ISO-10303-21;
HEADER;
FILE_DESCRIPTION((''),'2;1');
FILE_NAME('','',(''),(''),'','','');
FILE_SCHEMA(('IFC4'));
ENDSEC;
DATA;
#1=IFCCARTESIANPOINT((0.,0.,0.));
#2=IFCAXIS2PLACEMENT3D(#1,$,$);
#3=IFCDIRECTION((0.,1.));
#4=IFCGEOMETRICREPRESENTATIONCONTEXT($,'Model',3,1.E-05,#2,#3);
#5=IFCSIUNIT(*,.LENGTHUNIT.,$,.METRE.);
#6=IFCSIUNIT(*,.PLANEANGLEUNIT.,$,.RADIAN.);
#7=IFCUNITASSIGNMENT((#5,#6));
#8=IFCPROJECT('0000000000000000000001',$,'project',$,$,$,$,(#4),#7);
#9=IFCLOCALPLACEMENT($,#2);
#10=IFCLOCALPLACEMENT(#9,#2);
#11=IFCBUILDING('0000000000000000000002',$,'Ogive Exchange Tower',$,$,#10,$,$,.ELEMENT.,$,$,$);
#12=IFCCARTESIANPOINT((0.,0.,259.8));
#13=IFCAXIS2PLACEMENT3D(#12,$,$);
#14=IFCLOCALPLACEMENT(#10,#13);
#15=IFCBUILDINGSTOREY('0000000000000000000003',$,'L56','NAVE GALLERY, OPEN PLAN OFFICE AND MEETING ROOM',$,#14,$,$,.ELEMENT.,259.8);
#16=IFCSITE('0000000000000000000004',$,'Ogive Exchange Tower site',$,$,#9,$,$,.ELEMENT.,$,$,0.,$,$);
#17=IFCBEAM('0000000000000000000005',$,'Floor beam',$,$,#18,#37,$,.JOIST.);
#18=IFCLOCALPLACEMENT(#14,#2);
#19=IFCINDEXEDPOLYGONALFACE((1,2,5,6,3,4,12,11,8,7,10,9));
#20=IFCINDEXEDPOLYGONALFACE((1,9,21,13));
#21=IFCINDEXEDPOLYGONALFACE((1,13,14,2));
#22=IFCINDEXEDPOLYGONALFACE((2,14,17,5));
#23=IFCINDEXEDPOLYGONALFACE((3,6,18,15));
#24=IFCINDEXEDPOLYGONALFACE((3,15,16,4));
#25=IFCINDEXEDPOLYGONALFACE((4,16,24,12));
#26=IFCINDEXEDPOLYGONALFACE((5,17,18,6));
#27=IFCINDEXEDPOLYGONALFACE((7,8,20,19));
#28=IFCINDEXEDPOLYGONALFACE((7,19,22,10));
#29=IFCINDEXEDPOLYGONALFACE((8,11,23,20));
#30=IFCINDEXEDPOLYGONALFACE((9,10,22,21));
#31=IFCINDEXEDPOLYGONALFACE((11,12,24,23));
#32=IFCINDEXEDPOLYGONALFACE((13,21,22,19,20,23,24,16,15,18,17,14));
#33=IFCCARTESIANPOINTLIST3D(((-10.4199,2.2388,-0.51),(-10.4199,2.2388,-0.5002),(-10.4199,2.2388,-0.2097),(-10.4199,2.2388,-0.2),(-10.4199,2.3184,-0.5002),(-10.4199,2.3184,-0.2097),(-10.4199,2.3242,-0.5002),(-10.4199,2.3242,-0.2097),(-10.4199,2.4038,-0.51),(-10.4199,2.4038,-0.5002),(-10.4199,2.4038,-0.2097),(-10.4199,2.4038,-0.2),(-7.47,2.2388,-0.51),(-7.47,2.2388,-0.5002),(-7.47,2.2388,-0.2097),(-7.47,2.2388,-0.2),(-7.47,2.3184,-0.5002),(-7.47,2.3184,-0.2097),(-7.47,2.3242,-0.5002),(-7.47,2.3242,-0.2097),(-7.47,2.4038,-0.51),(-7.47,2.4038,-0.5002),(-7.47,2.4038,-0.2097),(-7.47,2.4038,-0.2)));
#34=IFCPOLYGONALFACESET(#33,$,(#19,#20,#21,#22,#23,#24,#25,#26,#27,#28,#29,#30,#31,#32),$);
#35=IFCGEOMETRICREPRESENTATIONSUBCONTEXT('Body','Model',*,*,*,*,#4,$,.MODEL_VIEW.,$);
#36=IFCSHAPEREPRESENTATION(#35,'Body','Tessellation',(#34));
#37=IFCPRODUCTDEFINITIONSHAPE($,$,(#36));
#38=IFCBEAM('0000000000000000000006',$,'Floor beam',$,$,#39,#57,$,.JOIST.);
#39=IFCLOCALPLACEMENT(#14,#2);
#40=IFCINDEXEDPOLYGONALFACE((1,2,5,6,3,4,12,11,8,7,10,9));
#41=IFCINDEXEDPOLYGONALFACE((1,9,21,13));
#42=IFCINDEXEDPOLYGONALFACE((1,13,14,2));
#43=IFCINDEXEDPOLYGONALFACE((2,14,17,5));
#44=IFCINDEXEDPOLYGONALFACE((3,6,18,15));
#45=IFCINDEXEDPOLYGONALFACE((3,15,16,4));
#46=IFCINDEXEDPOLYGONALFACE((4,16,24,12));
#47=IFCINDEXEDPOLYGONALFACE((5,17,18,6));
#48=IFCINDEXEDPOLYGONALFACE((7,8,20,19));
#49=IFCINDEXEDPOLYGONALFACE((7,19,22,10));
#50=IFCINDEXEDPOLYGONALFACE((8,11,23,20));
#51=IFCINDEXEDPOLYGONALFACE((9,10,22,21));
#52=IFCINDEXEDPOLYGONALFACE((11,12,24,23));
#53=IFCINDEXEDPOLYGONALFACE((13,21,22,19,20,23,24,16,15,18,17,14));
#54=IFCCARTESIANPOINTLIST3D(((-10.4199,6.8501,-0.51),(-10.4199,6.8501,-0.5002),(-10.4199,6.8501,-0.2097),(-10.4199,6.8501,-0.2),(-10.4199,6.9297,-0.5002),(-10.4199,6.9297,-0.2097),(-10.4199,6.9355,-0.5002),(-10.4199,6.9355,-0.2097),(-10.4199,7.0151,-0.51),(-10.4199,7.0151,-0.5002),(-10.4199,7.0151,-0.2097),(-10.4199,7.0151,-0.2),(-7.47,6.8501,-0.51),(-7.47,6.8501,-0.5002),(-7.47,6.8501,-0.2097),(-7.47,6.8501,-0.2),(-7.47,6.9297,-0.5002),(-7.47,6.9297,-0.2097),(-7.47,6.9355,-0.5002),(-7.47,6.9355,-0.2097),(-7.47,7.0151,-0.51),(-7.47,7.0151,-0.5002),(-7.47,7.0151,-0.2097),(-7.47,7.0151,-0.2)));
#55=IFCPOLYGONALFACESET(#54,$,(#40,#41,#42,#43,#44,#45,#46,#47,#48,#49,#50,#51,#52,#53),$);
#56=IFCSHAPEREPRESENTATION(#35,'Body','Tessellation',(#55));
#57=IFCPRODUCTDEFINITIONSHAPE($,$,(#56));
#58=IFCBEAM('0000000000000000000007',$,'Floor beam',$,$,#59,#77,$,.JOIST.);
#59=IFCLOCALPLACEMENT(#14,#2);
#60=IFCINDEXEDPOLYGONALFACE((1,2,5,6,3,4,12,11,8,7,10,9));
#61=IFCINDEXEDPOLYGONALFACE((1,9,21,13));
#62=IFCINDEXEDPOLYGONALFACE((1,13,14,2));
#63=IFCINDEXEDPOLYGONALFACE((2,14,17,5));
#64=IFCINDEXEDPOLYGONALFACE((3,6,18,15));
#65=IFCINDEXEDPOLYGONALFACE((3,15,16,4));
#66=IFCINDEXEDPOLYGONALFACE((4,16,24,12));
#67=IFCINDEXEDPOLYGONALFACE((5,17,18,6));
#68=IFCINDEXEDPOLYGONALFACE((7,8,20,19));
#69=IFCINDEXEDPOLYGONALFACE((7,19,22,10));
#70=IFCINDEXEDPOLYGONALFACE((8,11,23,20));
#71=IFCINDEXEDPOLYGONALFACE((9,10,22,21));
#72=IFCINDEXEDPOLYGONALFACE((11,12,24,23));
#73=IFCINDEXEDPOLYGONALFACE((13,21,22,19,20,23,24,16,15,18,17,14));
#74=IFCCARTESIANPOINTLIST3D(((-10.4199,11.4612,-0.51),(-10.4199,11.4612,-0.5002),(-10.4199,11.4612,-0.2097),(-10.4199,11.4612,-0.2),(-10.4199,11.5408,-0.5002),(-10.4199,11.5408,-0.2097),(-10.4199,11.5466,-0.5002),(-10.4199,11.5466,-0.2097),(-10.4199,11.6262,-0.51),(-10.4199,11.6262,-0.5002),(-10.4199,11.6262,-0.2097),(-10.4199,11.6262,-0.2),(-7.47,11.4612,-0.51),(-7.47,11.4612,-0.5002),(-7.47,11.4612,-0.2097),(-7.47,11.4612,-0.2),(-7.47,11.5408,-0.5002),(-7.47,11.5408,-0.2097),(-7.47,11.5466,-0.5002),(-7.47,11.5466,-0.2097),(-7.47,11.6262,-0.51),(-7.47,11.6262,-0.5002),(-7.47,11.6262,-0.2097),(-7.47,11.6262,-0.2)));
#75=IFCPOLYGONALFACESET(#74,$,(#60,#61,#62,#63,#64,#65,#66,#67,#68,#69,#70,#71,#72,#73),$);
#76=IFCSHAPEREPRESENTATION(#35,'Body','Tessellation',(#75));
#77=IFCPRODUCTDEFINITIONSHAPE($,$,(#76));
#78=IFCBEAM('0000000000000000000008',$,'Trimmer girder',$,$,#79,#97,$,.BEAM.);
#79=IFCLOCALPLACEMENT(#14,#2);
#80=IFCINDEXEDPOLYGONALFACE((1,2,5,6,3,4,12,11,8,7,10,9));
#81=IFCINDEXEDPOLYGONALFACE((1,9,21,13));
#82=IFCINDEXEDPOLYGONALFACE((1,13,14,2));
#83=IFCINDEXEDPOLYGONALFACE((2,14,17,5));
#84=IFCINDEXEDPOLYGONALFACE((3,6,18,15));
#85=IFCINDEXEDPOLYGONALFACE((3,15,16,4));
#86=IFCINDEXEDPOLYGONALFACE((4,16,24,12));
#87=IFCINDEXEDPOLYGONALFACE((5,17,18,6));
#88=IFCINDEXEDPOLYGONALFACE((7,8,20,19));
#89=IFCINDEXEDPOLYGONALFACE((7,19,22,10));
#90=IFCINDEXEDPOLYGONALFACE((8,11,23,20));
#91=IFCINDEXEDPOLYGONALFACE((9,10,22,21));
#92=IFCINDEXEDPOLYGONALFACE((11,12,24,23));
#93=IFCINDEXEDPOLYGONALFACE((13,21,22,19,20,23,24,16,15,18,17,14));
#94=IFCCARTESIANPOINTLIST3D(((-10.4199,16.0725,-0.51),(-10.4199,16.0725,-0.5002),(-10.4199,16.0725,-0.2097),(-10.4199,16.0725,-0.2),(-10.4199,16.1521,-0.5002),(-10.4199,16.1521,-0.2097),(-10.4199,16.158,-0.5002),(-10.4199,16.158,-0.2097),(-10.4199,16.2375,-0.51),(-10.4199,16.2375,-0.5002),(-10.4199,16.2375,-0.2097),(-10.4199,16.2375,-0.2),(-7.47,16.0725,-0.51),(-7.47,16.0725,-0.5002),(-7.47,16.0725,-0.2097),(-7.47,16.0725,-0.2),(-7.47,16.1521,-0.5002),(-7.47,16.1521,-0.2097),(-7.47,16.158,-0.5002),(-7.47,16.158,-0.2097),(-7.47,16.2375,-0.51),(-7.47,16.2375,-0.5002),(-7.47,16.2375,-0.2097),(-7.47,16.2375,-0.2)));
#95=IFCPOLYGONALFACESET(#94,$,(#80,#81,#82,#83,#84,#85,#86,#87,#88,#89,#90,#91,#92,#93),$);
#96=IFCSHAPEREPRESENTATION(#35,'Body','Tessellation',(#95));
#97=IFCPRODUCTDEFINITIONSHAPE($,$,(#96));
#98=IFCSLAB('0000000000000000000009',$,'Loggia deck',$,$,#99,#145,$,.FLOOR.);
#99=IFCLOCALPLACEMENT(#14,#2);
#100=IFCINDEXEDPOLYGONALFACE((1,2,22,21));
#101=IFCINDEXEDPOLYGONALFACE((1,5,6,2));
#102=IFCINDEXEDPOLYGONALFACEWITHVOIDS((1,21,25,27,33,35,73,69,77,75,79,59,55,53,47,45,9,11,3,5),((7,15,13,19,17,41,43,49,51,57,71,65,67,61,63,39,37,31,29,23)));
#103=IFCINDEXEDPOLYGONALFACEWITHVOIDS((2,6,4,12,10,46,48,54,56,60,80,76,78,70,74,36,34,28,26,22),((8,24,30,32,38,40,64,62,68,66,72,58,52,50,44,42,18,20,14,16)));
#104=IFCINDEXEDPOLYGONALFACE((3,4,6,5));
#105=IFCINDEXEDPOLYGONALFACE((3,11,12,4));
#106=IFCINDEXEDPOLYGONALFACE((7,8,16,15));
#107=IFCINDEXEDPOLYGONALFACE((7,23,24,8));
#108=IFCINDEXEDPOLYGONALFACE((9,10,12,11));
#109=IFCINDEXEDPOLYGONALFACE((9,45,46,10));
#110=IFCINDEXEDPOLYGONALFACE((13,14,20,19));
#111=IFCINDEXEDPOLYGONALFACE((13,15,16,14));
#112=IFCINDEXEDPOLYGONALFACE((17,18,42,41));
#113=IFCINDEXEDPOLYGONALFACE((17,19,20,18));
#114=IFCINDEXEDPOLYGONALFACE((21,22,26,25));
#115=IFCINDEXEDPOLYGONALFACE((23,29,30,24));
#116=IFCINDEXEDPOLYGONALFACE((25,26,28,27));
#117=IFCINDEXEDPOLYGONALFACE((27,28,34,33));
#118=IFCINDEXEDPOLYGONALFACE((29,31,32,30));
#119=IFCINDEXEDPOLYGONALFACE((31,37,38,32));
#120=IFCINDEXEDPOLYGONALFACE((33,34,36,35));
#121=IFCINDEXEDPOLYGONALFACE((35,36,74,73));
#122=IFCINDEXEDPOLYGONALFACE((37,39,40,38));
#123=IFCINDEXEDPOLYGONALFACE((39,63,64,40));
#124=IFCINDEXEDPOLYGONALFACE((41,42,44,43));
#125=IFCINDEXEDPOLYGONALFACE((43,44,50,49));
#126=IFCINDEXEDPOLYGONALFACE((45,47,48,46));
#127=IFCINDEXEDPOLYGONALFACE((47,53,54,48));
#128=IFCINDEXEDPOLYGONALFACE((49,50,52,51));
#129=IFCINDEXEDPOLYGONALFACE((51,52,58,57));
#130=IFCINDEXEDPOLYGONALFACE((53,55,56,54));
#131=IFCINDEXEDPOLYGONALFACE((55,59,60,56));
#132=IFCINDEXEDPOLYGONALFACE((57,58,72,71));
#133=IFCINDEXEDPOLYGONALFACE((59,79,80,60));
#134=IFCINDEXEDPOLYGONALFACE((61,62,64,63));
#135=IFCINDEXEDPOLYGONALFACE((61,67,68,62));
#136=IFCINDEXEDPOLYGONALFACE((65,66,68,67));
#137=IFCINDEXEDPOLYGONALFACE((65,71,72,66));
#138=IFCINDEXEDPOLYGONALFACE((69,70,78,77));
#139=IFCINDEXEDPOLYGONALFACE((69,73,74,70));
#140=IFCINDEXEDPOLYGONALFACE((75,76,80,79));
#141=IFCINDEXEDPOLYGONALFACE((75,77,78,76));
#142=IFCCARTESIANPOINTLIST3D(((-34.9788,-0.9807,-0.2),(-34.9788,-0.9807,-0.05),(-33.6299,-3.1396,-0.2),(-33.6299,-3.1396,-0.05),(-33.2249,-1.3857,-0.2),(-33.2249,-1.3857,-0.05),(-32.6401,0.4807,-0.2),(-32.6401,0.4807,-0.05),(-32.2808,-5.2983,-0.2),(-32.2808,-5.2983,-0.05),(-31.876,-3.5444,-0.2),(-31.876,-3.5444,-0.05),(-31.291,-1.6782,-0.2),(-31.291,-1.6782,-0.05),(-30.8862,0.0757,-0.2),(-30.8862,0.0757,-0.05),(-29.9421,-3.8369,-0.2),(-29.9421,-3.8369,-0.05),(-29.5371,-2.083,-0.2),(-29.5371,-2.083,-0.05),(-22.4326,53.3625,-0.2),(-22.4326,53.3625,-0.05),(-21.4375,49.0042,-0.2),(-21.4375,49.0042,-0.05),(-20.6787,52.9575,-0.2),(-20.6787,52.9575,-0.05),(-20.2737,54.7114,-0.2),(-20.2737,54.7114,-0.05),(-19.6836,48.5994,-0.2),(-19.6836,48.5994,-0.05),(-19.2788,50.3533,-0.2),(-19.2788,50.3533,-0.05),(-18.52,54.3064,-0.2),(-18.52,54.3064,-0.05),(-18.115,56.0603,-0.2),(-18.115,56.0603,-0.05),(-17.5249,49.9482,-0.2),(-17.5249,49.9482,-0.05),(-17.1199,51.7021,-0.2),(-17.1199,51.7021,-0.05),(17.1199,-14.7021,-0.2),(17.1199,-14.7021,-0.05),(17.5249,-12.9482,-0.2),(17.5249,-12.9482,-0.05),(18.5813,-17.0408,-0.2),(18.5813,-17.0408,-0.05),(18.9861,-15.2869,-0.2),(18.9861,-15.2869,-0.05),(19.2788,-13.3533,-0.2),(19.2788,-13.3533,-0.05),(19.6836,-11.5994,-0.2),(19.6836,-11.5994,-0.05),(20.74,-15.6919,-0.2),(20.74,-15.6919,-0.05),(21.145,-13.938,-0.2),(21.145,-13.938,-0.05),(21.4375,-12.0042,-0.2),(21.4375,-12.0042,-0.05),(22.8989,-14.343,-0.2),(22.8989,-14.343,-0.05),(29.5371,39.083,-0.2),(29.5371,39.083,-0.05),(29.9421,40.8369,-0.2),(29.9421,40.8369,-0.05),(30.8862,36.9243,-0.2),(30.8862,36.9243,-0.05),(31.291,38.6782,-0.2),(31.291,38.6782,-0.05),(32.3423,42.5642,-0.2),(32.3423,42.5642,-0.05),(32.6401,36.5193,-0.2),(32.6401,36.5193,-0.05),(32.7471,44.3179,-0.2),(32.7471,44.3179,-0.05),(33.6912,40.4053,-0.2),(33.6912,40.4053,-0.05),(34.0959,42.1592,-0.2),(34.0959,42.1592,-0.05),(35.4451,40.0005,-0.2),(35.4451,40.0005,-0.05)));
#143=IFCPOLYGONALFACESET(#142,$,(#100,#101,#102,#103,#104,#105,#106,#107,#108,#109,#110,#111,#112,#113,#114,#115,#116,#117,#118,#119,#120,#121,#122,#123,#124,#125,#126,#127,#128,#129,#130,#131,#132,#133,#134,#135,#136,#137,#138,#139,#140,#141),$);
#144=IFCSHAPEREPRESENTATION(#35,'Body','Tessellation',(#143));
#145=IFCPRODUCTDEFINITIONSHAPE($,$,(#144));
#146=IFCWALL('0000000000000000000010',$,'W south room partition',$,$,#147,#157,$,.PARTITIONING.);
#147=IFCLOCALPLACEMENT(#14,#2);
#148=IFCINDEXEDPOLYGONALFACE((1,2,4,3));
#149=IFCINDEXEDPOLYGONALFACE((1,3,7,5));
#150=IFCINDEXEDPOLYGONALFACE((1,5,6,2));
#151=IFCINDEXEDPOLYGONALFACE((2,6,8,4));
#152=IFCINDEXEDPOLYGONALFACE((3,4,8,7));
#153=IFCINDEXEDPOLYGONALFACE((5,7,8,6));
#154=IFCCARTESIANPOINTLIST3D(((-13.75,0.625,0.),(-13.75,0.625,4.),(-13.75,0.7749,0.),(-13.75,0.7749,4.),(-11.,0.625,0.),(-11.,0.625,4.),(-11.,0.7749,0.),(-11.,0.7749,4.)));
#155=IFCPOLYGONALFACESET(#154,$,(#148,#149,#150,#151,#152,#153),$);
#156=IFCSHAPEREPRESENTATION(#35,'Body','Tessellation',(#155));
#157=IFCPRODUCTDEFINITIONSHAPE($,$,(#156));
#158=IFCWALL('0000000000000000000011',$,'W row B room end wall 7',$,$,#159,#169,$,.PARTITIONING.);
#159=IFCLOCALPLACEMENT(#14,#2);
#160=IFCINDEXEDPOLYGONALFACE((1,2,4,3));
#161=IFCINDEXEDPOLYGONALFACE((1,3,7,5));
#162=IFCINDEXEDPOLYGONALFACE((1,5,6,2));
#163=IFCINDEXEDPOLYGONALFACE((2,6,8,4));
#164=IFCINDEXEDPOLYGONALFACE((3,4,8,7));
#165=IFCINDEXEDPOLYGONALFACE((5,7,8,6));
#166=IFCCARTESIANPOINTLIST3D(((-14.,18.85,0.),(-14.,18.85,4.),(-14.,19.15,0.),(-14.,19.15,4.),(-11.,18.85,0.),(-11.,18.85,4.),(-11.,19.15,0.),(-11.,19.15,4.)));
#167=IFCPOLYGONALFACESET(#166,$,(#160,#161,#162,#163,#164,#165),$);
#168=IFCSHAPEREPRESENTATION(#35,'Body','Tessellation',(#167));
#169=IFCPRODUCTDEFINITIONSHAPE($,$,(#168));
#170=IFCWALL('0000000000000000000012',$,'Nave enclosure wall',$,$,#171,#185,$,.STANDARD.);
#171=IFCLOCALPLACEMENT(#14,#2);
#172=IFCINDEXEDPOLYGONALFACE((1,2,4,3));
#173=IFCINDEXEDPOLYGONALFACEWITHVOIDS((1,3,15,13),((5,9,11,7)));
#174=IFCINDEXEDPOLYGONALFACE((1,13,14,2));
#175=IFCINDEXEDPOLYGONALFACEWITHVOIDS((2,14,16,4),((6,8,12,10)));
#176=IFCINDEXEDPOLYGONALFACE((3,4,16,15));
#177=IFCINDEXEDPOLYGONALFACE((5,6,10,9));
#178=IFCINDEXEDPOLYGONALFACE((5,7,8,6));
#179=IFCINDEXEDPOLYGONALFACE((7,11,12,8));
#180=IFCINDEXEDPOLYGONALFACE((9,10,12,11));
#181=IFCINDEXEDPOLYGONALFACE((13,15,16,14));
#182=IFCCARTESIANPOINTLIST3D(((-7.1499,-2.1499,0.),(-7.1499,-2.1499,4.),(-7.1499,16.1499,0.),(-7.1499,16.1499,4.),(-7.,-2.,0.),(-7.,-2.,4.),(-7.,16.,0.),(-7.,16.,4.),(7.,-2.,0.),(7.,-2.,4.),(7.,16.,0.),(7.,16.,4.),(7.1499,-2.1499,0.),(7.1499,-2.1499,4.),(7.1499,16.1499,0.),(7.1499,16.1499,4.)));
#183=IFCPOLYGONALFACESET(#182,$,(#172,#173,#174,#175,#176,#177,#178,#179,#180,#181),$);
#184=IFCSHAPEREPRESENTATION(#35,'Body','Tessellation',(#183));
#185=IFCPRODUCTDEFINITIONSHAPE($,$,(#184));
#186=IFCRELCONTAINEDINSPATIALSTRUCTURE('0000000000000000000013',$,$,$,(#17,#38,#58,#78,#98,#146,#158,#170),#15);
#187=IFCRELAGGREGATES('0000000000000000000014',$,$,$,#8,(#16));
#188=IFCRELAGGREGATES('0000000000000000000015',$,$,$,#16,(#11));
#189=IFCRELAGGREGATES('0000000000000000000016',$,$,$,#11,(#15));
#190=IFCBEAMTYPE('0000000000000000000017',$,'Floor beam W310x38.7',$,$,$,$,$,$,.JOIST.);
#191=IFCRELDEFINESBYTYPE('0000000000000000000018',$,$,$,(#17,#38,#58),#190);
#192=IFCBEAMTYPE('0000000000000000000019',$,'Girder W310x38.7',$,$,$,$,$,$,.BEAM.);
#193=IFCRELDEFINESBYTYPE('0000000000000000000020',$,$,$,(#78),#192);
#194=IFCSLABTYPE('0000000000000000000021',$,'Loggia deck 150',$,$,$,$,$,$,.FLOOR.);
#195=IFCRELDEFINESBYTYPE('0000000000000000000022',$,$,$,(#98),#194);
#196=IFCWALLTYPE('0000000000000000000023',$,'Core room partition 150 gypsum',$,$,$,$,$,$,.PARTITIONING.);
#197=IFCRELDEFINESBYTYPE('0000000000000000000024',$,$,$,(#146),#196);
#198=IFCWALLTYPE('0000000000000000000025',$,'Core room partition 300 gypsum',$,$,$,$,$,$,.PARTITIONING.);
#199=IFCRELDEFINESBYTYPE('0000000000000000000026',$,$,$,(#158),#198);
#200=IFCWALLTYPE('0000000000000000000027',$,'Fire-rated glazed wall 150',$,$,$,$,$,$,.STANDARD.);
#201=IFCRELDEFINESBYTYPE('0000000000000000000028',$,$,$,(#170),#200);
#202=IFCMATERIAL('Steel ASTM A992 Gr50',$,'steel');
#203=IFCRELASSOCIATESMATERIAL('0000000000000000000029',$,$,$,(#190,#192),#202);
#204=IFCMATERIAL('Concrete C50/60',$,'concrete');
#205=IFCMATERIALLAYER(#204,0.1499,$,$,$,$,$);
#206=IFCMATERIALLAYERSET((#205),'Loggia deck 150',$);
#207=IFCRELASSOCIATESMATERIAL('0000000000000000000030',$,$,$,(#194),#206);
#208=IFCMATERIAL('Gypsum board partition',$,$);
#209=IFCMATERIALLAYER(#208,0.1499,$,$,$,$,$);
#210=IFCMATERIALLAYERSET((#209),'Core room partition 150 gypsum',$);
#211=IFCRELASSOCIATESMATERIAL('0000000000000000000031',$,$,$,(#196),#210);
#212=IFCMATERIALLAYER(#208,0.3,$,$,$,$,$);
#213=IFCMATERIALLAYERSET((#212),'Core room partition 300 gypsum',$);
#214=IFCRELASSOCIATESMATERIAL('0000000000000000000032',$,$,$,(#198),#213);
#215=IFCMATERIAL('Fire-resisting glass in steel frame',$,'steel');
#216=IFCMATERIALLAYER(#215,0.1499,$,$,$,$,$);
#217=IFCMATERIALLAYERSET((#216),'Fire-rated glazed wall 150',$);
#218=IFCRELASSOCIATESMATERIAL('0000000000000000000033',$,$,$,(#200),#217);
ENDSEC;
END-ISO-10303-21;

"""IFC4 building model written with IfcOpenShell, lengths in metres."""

from ifc_helpers import new_model, si_unit, direction, frame, frame_2d, origin, origin_2d, place, context, subcontext, project, spatial, polyline, rectangle, i_section, outline, extrude, material, layer, layer_set, material_profile, profile_set, type_object, element, save


model = new_model("IFC4")

# Units and contexts
model_context = context("Model", 3, precision=1e-05, world=origin(), true_north=direction((0.0, 1.0)))
body_context = subcontext(model_context, "Body", "Model", "MODEL_VIEW")
ifc_project = project(units=[si_unit("LENGTHUNIT", "METRE"), si_unit("PLANEANGLEUNIT", "RADIAN")], contexts=[model_context])

# Site, building, storey
site_placement = place(None, origin())
site = spatial("IfcSite", under=ifc_project, at=site_placement, Name="Ogive Exchange Tower site", CompositionType="ELEMENT", RefElevation=0.0)
building_placement = place(site_placement, origin())
building = spatial("IfcBuilding", under=site, at=building_placement, Name="Ogive Exchange Tower", CompositionType="ELEMENT")
storey_placement = place(building_placement, frame((0.0, 0.0, 259.8)))
storey = spatial("IfcBuildingStorey", under=building, at=storey_placement, Name="L56", Description="NAVE GALLERY, OPEN PLAN OFFICE AND MEETING ROOM", CompositionType="ELEMENT", Elevation=259.8)

# Beams
ifc_material_1 = material(Name="Steel ASTM A992 Gr50", Category="steel")
ifc_material_profile_1 = material_profile(ifc_material_1, i_section(OverallWidth=0.165, OverallDepth=0.3101, WebThickness=0.0059, FlangeThickness=0.0098, at=origin_2d()), Name="W310x38.7")
ifc_profile_set_1 = profile_set([ifc_material_profile_1], Name="Steel ASTM A992 Gr50")
beam_type_1 = type_object("IfcBeamType", Name="Floor beam W310x38.7", PredefinedType="JOIST", material=ifc_profile_set_1)
for number, where, z_axis, x_axis, name in (
    (1, (-10.4199, 2.3213, -0.355), (1.0, 0.0, 0.0), (0.0, 1.0, 0.0), "Floor beam"),
    (2, (-10.4199, 6.9326, -0.355), (1.0, 0.0, 0.0), (0.0, 1.0, 0.0), "Floor beam"),
    (3, (-10.4199, 11.5437, -0.355), (1.0, 0.0, 0.0), (0.0, 1.0, 0.0), "Floor beam"),
):
    element("IfcBeam", number, at=place(storey_placement, frame(where, z_axis=z_axis, x_axis=x_axis)), inside=storey, type_object=beam_type_1, Name=name, PredefinedType="JOIST", context=body_context, shape_type="SweptSolid", body=[
        extrude(i_section(OverallWidth=0.165, OverallDepth=0.3101, WebThickness=0.0059, FlangeThickness=0.0098, at=origin_2d()), origin(), (0.0, 0.0, 1.0), 2.95),
    ])
ifc_material_profile_2 = material_profile(ifc_material_1, i_section(OverallWidth=0.165, OverallDepth=0.3101, WebThickness=0.0059, FlangeThickness=0.0098, at=origin_2d()), Name="W310x38.7")
ifc_profile_set_2 = profile_set([ifc_material_profile_2], Name="Steel ASTM A992 Gr50")
beam_type_2 = type_object("IfcBeamType", Name="Girder W310x38.7", PredefinedType="BEAM", material=ifc_profile_set_2)
beam_placement = place(storey_placement, frame((-10.4199, 16.155, -0.355), z_axis=(1.0, 0.0, 0.0), x_axis=(0.0, 1.0, 0.0)))
element("IfcBeam", 4, at=beam_placement, inside=storey, type_object=beam_type_2, Name="Trimmer girder", PredefinedType="BEAM", context=body_context, shape_type="SweptSolid", body=[
    extrude(i_section(OverallWidth=0.165, OverallDepth=0.3101, WebThickness=0.0059, FlangeThickness=0.0098, at=origin_2d()), origin(), (0.0, 0.0, 1.0), 2.95),
])

# Slab
ifc_material_2 = material(Name="Concrete C50/60", Category="concrete")
ifc_layer_1 = layer(ifc_material_2, 0.1499)
ifc_layer_set_1 = layer_set([ifc_layer_1], Name="Loggia deck 150")
slab_type = type_object("IfcSlabType", Name="Loggia deck 150", PredefinedType="FLOOR", material=ifc_layer_set_1)
slab_placement = place(storey_placement, frame((0.0, 0.0, -0.2)))
element("IfcSlab", 5, at=slab_placement, inside=storey, type_object=slab_type, Name="Loggia deck", PredefinedType="FLOOR", context=body_context, shape_type="SweptSolid", body=[
    extrude(outline(polyline([(-31.876, -3.5444), (-33.6299, -3.1396), (-33.2249, -1.3857), (-34.9788, -0.9807), (-22.4326, 53.3625), (-20.6787, 52.9575), (-20.2737, 54.7114), (-18.52, 54.3064), (-18.115, 56.0603), (32.7471, 44.3179), (32.3423, 42.5642), (34.0959, 42.1592), (33.6912, 40.4053), (35.4451, 40.0005), (22.8989, -14.343), (21.145, -13.938), (20.74, -15.6919), (18.9861, -15.2869), (18.5813, -17.0408), (-32.2808, -5.2983), (-31.876, -3.5444)]), holes=[polyline([(17.5249, -12.9482), (19.2788, -13.3533), (19.6836, -11.5994), (21.4375, -12.0042), (32.6401, 36.5193), (30.8862, 36.9243), (31.291, 38.6782), (29.5371, 39.083), (29.9421, 40.8369), (-17.1199, 51.7021), (-17.5249, 49.9482), (-19.2788, 50.3533), (-19.6836, 48.5994), (-21.4375, 49.0042), (-32.6401, 0.4807), (-30.8862, 0.0757), (-31.291, -1.6782), (-29.5371, -2.083), (-29.9421, -3.8369), (17.1199, -14.7021), (17.5249, -12.9482)])]), origin(), (0.0, 0.0, 1.0), 0.1499),
])

# Walls
ifc_material_3 = material(Name="Gypsum board partition")
ifc_layer_2 = layer(ifc_material_3, 0.1499)
ifc_layer_set_2 = layer_set([ifc_layer_2], Name="Core room partition 150 gypsum")
wall_type_1 = type_object("IfcWallType", Name="Core room partition 150 gypsum", PredefinedType="PARTITIONING", material=ifc_layer_set_2)
wall_1_placement = place(storey_placement, frame((-13.75, 0.7, 0.0), z_axis=(0.0, 0.0, 1.0), x_axis=(1.0, 0.0, 0.0)))
element("IfcWall", 6, at=wall_1_placement, inside=storey, type_object=wall_type_1, Name="W south room partition", PredefinedType="PARTITIONING", context=body_context, shape_type="SweptSolid", body=[
    extrude(rectangle(XDim=2.75, YDim=0.1499, at=frame_2d((1.375, 0.0))), origin(), (0.0, 0.0, 1.0), 4.0),
])
ifc_layer_3 = layer(ifc_material_3, 0.3)
ifc_layer_set_3 = layer_set([ifc_layer_3], Name="Core room partition 300 gypsum")
wall_type_2 = type_object("IfcWallType", Name="Core room partition 300 gypsum", PredefinedType="PARTITIONING", material=ifc_layer_set_3)
wall_2_placement = place(storey_placement, frame((-14.0, 19.0, 0.0), z_axis=(0.0, 0.0, 1.0), x_axis=(1.0, 0.0, 0.0)))
element("IfcWall", 7, at=wall_2_placement, inside=storey, type_object=wall_type_2, Name="W row B room end wall 7", PredefinedType="PARTITIONING", context=body_context, shape_type="SweptSolid", body=[
    extrude(rectangle(XDim=3.0, YDim=0.3, at=frame_2d((1.5, 0.0))), origin(), (0.0, 0.0, 1.0), 4.0),
])
ifc_material_4 = material(Name="Fire-resisting glass in steel frame", Category="steel")
ifc_layer_4 = layer(ifc_material_4, 0.1499)
ifc_layer_set_4 = layer_set([ifc_layer_4], Name="Fire-rated glazed wall 150")
wall_type_3 = type_object("IfcWallType", Name="Fire-rated glazed wall 150", PredefinedType="STANDARD", material=ifc_layer_set_4)
wall_3_placement = place(storey_placement, origin())
element("IfcWall", 8, at=wall_3_placement, inside=storey, type_object=wall_type_3, Name="Nave enclosure wall", PredefinedType="STANDARD", context=body_context, shape_type="SweptSolid", body=[
    extrude(outline(polyline([(-7.1499, -2.1499), (7.1499, -2.1499), (7.1499, 16.1499), (-7.1499, 16.1499), (-7.1499, -2.1499)]), holes=[polyline([(-7.0, -2.0), (-7.0, 16.0), (7.0, 16.0), (7.0, -2.0), (-7.0, -2.0)])]), origin(), (0.0, 0.0, 1.0), 4.0),
])

save(model, "model.ifc")
